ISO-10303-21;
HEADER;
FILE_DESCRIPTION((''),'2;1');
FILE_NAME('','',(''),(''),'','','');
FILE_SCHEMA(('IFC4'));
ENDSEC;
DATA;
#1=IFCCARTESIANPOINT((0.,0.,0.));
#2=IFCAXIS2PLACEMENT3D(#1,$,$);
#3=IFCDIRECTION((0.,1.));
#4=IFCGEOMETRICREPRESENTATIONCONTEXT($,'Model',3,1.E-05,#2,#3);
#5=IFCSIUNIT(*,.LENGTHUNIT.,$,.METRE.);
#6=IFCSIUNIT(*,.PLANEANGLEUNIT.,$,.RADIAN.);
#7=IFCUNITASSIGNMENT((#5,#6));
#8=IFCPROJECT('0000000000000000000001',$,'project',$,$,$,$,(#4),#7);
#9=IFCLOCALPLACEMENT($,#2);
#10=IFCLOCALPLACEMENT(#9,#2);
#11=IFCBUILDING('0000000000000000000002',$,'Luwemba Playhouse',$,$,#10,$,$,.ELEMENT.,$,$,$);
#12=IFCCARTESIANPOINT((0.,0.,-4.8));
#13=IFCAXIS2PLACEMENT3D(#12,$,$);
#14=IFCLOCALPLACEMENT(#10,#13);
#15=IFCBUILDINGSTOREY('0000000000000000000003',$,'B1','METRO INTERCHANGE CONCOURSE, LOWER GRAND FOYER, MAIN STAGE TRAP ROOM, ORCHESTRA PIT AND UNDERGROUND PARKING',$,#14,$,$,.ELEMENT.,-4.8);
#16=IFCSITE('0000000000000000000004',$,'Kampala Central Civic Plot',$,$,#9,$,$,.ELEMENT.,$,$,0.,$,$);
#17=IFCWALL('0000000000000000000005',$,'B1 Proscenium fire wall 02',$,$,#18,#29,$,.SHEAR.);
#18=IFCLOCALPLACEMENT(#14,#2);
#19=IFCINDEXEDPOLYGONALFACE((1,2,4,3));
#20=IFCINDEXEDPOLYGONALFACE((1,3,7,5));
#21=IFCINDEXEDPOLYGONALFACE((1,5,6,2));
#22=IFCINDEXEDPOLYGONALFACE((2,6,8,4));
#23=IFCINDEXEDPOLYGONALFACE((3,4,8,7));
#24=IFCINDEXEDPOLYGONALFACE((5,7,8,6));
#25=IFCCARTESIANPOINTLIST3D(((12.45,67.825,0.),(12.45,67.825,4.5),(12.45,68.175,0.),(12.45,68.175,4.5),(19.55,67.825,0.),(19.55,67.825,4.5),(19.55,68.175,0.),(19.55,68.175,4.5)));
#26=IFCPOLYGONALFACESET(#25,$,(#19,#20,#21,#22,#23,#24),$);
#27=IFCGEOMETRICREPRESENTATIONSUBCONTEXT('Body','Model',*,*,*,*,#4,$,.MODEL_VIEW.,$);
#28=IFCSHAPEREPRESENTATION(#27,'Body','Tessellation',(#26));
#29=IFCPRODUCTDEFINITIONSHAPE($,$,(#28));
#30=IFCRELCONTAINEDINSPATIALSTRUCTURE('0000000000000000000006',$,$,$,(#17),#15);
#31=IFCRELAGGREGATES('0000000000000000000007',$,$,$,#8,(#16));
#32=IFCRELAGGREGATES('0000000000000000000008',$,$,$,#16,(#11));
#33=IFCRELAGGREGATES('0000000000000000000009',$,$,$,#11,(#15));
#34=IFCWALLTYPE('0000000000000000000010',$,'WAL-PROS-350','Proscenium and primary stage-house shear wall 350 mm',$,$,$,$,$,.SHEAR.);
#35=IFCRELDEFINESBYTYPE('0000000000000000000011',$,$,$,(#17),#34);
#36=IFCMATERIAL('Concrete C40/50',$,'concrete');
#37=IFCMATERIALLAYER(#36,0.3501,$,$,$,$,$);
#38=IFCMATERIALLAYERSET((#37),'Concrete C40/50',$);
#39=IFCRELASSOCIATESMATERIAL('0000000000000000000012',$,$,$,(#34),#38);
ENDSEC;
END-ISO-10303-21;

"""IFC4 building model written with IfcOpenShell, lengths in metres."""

from ifc_helpers import new_model, si_unit, direction, frame, frame_2d, origin, place, context, subcontext, project, spatial, rectangle, extrude, material, layer, layer_set, type_object, element, save


model = new_model("IFC4")

# Units and contexts
model_context = context("Model", 3, precision=1e-05, world=origin(), true_north=direction((0.0, 1.0)))
body_context = subcontext(model_context, "Body", "Model", "MODEL_VIEW")
ifc_project = project(units=[si_unit("LENGTHUNIT", "METRE"), si_unit("PLANEANGLEUNIT", "RADIAN")], contexts=[model_context])

# Site, building, storey
site_placement = place(None, origin())
site = spatial("IfcSite", under=ifc_project, at=site_placement, Name="Kampala Central Civic Plot", CompositionType="ELEMENT", RefElevation=0.0)
building_placement = place(site_placement, origin())
building = spatial("IfcBuilding", under=site, at=building_placement, Name="Luwemba Playhouse", CompositionType="ELEMENT")
storey_placement = place(building_placement, frame((0.0, 0.0, -4.8)))
storey = spatial("IfcBuildingStorey", under=building, at=storey_placement, Name="B1", Description="METRO INTERCHANGE CONCOURSE, LOWER GRAND FOYER, MAIN STAGE TRAP ROOM, ORCHESTRA PIT AND UNDERGROUND PARKING", CompositionType="ELEMENT", Elevation=-4.8)

# Shared definitions
ifc_material_1 = material(Name="Concrete C40/50", Category="concrete")

# Wall
ifc_layer_1 = layer(ifc_material_1, 0.3501)
ifc_layer_set_1 = layer_set([ifc_layer_1], Name="Concrete C40/50")
wall_type_1 = type_object("IfcWallType", Name="WAL-PROS-350", Description="Proscenium and primary stage-house shear wall 350 mm", PredefinedType="SHEAR", material=ifc_layer_set_1)
wall_1_placement = place(storey_placement, frame((12.45, 68.0, 0.0), z_axis=(0.0, 0.0, 1.0), x_axis=(1.0, 0.0, 0.0)))
element("IfcWall", 1, at=wall_1_placement, inside=storey, type_object=wall_type_1, Name="B1 Proscenium fire wall 02", PredefinedType="SHEAR", context=body_context, shape_type="SweptSolid", body=[
    extrude(rectangle(XDim=7.1001, YDim=0.3501, at=frame_2d((3.55, 0.0))), origin(), (0.0, 0.0, 1.0), 4.5),
])

save(model, "model.ifc")
